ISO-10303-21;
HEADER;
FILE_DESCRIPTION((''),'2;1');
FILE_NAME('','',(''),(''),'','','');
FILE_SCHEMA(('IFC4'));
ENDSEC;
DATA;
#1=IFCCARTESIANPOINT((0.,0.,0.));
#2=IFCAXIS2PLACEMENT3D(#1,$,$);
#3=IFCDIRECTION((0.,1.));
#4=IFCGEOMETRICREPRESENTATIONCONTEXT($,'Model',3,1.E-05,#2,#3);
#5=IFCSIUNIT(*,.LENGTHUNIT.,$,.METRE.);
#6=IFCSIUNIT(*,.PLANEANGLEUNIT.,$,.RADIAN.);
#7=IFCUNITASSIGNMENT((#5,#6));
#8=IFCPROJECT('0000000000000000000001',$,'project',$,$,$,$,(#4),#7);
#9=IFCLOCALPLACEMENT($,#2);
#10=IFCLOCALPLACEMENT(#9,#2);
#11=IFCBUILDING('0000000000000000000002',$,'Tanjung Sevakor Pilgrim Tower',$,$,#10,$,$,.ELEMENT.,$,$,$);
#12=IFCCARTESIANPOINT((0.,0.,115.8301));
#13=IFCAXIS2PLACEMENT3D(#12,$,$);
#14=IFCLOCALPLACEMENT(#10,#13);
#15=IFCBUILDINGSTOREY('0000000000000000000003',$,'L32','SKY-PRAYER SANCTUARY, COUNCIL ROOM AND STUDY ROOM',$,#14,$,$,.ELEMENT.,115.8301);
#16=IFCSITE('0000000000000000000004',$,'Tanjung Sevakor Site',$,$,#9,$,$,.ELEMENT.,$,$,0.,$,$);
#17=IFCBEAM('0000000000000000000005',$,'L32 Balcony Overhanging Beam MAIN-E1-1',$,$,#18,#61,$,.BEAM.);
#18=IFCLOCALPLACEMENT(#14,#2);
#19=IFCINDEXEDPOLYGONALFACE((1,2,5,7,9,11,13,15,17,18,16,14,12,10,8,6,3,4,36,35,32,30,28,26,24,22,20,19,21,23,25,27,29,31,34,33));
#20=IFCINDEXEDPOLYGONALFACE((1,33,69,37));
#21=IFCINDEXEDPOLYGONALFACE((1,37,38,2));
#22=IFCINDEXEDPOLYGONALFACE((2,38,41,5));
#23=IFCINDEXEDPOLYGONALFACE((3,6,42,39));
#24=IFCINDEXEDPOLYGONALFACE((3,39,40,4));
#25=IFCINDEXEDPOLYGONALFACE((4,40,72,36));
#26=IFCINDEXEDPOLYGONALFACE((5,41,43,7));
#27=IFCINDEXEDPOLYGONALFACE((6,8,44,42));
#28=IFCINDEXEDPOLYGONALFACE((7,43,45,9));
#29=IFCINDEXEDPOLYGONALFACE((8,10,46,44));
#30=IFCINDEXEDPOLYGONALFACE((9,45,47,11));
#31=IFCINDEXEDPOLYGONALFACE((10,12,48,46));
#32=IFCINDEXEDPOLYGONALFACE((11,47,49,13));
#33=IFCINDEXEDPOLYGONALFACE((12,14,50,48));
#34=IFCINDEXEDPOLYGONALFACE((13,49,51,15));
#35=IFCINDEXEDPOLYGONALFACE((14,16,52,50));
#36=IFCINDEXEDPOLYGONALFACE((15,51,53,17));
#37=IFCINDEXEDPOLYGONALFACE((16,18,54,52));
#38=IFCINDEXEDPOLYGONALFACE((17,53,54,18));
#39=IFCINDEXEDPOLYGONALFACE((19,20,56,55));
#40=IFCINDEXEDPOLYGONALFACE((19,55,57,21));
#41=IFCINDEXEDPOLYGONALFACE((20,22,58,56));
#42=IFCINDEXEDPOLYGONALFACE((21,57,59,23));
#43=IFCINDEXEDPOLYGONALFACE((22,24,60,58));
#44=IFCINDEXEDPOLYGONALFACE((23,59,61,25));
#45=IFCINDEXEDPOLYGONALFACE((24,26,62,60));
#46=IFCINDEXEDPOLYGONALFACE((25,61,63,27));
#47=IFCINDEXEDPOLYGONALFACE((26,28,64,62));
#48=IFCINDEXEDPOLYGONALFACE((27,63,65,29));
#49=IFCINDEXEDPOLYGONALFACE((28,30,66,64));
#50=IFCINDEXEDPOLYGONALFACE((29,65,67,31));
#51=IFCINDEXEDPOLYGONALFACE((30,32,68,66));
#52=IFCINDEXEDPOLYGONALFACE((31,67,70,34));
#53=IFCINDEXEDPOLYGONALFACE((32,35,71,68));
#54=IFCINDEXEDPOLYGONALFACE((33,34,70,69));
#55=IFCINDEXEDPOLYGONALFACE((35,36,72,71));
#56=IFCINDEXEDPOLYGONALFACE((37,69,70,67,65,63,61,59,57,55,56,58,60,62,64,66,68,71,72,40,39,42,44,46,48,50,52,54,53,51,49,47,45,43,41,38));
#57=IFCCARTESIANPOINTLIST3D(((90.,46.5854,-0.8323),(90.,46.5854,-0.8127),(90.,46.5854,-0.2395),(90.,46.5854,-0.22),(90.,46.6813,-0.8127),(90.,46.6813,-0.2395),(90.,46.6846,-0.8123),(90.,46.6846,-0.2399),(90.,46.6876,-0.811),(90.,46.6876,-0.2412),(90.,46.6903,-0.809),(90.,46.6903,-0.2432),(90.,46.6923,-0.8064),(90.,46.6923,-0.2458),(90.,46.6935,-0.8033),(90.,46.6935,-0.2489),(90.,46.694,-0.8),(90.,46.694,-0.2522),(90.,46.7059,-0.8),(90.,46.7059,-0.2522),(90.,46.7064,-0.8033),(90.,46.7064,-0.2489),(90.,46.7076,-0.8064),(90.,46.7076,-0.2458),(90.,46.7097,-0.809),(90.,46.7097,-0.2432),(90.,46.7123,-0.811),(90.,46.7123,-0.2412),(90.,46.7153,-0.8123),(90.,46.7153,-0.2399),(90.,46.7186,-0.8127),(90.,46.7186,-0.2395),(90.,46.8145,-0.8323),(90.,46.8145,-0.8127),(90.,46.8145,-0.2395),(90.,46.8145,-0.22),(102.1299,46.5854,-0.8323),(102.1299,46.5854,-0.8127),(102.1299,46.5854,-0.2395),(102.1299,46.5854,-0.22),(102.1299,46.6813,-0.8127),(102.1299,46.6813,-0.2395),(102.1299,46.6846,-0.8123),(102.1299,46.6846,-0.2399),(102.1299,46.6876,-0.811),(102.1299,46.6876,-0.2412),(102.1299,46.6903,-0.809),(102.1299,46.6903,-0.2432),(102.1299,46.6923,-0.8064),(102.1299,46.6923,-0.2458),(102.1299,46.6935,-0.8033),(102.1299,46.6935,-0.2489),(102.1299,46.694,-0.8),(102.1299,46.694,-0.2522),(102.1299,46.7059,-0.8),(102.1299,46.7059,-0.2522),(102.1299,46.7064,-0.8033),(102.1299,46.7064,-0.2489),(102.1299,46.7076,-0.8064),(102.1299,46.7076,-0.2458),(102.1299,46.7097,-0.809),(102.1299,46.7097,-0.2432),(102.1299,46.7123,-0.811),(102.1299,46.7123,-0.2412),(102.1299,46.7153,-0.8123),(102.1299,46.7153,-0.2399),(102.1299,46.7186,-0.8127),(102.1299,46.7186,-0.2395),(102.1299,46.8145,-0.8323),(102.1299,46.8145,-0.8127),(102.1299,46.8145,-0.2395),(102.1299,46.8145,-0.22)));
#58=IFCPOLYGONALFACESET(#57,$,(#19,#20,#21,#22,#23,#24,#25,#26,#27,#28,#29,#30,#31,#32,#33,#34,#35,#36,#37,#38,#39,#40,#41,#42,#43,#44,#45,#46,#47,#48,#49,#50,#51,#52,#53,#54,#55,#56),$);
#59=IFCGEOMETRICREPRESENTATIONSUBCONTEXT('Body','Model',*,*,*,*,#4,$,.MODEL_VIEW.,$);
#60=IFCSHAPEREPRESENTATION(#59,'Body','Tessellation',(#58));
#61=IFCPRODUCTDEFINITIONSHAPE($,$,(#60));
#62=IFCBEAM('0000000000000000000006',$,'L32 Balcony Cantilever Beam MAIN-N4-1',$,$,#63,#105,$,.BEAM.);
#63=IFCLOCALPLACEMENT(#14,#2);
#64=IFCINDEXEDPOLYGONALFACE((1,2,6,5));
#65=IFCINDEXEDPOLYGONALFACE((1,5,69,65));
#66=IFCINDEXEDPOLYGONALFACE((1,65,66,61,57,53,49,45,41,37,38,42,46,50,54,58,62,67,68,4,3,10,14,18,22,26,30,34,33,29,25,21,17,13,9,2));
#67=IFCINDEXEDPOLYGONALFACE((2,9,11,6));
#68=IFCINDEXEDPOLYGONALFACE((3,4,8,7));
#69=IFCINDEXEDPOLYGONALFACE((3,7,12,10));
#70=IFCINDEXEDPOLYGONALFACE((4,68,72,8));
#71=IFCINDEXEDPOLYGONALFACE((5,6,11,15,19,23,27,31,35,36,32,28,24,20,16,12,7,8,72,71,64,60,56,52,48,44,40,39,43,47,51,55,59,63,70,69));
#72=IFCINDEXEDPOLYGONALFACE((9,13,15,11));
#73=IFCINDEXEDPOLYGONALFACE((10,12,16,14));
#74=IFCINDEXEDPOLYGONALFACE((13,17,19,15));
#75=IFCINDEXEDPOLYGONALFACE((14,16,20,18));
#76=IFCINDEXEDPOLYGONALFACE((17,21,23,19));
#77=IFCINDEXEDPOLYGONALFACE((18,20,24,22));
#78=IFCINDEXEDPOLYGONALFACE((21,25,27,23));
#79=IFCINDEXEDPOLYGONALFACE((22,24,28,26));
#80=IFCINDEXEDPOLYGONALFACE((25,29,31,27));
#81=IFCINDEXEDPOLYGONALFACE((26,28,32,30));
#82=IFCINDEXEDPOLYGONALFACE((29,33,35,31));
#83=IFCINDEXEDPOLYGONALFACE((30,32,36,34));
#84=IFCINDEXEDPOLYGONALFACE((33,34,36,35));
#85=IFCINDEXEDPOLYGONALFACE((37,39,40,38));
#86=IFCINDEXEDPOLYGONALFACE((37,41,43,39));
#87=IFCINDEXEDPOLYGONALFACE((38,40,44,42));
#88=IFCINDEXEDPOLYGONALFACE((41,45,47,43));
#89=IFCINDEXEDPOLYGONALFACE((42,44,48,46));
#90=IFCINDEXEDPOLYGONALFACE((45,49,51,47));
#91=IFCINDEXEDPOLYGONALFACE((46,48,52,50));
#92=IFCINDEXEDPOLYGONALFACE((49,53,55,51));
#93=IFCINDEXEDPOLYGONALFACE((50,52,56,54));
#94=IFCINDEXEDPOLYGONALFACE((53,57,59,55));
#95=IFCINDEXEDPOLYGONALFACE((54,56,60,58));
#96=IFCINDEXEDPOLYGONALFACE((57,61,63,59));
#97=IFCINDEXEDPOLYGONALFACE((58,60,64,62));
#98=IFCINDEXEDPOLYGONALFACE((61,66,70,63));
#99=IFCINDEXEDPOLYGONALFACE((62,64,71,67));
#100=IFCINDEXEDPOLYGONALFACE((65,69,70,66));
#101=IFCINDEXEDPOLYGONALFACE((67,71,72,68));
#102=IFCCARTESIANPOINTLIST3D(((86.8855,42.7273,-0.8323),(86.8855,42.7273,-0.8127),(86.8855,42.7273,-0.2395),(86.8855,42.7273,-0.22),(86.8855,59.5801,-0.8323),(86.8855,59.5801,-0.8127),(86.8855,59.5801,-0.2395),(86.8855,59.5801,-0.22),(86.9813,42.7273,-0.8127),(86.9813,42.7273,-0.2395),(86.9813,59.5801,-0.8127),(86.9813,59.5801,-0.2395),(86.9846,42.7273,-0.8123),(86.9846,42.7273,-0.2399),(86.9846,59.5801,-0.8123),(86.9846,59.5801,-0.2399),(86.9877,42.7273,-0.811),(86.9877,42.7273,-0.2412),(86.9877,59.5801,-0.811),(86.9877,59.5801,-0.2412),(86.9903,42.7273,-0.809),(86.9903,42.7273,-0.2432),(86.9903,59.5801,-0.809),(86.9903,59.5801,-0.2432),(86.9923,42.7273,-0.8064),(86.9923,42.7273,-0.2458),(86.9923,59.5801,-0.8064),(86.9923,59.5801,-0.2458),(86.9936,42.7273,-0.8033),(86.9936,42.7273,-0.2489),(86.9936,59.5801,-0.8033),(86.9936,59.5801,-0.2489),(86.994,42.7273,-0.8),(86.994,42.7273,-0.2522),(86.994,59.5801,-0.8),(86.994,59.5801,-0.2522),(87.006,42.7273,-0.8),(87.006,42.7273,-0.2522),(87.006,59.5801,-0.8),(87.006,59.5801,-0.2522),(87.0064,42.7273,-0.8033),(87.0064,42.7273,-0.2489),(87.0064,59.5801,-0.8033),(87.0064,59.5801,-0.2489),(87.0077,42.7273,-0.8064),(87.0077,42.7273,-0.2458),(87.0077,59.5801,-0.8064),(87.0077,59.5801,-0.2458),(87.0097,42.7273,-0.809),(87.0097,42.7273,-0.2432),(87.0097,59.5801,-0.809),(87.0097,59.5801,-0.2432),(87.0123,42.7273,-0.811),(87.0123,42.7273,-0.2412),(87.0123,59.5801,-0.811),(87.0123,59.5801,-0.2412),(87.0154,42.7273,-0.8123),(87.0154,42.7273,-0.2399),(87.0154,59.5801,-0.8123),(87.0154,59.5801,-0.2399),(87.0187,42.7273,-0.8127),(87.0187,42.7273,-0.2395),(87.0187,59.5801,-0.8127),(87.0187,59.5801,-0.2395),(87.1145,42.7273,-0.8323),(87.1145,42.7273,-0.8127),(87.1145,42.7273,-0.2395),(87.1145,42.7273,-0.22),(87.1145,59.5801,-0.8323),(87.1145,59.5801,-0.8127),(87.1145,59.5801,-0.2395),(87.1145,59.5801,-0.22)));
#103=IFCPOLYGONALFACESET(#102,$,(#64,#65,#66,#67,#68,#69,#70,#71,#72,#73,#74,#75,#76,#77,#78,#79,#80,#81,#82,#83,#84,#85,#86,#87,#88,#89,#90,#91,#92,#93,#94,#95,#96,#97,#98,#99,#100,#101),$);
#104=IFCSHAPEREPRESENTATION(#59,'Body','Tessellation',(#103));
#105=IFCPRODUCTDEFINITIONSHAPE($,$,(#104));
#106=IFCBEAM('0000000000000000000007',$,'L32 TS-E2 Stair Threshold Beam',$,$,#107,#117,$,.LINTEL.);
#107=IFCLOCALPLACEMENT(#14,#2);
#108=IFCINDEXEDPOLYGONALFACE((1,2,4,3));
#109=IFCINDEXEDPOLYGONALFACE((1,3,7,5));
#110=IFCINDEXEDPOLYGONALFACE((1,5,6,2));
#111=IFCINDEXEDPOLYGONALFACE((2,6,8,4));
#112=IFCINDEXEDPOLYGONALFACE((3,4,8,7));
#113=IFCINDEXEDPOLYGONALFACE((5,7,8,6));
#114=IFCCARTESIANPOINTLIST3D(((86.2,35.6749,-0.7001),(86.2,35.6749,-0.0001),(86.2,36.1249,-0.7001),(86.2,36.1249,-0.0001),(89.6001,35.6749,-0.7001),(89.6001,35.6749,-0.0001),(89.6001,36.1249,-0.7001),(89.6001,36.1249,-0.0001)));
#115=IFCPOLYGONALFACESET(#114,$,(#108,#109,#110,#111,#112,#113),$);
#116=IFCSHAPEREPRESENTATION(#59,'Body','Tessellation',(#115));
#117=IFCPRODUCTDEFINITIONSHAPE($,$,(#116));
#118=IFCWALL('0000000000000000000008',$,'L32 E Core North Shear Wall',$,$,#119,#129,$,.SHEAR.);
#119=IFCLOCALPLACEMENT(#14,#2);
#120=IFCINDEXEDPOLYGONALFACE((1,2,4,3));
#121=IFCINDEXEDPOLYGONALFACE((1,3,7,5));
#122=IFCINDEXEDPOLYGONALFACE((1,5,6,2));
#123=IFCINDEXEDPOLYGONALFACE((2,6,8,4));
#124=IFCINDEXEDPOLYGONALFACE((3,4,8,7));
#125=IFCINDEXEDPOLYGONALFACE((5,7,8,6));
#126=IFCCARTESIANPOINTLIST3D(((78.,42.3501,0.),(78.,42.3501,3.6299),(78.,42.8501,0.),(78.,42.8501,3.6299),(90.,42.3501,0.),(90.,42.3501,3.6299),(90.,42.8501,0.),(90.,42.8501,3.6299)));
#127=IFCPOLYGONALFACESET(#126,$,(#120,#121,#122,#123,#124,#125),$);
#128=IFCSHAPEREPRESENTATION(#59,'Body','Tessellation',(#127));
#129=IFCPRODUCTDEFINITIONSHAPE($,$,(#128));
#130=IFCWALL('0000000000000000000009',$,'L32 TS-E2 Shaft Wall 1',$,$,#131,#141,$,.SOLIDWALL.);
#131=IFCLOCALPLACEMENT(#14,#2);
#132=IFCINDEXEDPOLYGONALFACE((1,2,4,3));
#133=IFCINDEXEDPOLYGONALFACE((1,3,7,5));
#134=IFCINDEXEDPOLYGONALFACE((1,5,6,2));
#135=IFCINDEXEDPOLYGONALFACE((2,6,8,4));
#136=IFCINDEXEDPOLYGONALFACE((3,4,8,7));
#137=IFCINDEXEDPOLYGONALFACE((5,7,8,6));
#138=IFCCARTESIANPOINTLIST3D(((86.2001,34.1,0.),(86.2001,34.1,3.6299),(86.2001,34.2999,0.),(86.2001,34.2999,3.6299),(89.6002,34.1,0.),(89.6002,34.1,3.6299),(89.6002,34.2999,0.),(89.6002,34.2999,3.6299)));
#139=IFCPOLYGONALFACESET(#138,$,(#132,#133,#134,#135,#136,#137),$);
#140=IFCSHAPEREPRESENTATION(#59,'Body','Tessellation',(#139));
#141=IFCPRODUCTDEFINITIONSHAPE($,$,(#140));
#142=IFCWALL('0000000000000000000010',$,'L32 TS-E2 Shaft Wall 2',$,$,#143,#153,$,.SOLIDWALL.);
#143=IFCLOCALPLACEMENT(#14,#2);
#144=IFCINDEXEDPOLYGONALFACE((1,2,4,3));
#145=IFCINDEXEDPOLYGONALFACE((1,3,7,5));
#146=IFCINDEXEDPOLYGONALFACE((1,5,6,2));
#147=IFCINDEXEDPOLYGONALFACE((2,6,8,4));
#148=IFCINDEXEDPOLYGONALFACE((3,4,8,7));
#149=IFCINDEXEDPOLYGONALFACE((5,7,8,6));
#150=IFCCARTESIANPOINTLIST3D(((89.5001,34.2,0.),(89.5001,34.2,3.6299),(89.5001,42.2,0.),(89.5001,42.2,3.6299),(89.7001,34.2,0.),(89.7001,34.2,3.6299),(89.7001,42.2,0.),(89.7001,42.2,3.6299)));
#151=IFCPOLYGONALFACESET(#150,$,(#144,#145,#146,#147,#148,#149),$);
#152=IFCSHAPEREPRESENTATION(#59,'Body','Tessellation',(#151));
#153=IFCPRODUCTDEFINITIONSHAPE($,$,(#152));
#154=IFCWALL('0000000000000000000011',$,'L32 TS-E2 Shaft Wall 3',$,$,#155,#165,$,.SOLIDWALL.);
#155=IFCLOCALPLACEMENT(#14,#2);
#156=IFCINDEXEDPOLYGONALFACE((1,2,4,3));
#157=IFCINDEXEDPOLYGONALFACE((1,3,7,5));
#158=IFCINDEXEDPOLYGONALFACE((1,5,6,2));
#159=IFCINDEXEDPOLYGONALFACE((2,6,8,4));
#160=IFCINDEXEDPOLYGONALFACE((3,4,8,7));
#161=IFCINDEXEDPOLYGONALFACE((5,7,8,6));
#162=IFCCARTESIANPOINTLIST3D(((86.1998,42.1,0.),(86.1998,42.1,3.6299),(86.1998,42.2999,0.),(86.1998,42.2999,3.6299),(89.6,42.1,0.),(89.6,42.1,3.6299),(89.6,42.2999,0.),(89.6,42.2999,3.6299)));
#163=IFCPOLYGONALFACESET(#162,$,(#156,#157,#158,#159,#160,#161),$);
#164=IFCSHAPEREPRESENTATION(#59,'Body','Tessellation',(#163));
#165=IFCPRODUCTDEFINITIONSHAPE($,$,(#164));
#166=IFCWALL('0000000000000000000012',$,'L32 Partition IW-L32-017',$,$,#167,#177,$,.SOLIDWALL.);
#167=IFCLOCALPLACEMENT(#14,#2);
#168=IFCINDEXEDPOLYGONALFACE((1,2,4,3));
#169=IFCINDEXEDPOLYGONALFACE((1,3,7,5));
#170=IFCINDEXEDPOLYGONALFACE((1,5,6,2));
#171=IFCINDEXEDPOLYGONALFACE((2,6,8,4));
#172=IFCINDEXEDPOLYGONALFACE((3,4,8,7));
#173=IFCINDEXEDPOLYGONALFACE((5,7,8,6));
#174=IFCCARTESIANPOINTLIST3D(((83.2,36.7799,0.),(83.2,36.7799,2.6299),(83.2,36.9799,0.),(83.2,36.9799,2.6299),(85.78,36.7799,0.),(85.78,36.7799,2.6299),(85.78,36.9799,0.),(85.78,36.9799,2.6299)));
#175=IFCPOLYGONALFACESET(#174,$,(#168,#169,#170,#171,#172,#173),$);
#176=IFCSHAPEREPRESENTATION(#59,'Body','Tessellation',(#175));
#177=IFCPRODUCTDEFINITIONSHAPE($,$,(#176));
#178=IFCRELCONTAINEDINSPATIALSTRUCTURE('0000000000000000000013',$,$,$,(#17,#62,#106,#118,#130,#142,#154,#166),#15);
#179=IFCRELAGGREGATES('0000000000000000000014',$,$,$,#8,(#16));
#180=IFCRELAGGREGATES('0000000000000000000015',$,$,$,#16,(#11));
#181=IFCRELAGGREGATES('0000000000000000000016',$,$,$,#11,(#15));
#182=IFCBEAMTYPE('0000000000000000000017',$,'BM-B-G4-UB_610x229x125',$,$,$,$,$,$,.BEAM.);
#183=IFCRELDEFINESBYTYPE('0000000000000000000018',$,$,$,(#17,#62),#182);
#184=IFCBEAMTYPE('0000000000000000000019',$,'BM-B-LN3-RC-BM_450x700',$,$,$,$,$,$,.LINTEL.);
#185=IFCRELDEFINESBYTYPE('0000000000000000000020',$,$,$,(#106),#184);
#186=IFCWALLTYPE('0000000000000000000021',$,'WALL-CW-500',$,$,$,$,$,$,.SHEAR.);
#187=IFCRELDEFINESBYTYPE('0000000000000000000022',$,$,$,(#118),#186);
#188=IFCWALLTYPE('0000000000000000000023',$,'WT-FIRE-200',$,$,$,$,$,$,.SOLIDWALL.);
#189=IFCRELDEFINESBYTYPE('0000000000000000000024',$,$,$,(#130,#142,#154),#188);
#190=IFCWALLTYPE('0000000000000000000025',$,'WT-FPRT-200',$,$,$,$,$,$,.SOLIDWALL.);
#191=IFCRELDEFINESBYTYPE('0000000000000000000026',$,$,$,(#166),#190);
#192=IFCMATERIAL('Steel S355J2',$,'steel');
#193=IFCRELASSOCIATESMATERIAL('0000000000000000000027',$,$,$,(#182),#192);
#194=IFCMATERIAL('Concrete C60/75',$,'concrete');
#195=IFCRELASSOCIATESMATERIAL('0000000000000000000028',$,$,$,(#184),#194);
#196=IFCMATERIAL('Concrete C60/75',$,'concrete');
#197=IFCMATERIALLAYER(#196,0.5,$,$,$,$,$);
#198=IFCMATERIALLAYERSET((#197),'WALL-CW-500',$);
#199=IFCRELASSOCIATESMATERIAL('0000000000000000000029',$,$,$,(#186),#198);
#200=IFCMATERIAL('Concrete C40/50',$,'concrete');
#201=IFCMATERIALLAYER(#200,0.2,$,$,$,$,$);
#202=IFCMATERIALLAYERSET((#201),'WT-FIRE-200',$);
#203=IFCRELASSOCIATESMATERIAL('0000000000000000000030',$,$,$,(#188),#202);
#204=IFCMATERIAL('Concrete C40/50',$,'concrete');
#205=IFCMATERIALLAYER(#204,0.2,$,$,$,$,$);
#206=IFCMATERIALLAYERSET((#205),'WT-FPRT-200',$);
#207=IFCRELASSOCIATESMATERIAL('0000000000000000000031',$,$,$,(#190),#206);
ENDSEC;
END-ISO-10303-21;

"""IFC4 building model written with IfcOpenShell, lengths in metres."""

from ifc_helpers import new_model, si_unit, direction, frame, frame_2d, origin, origin_2d, place, context, subcontext, project, spatial, rectangle, i_section, extrude, material, layer, layer_set, material_profile, profile_set, type_object, element, save


model = new_model("IFC4")

# Units and contexts
model_context = context("Model", 3, precision=1e-05, world=origin(), true_north=direction((0.0, 1.0)))
body_context = subcontext(model_context, "Body", "Model", "MODEL_VIEW")
ifc_project = project(units=[si_unit("LENGTHUNIT", "METRE"), si_unit("PLANEANGLEUNIT", "RADIAN")], contexts=[model_context])

# Site, building, storey
site_placement = place(None, origin())
site = spatial("IfcSite", under=ifc_project, at=site_placement, Name="Tanjung Sevakor Site", CompositionType="ELEMENT", RefElevation=0.0)
building_placement = place(site_placement, origin())
building = spatial("IfcBuilding", under=site, at=building_placement, Name="Tanjung Sevakor Pilgrim Tower", CompositionType="ELEMENT")
storey_placement = place(building_placement, frame((0.0, 0.0, 115.8301)))
storey = spatial("IfcBuildingStorey", under=building, at=storey_placement, Name="L32", Description="SKY-PRAYER SANCTUARY, COUNCIL ROOM AND STUDY ROOM", CompositionType="ELEMENT", Elevation=115.8301)

# Beams
ifc_material_1 = material(Name="Steel S355J2", Category="steel")
ifc_material_profile_1 = material_profile(ifc_material_1, i_section(OverallWidth=0.229, OverallDepth=0.6123, WebThickness=0.012, FlangeThickness=0.0195, FilletRadius=0.0127, at=origin_2d()))
ifc_profile_set_1 = profile_set([ifc_material_profile_1], Name="Steel S355J2")
beam_type_1 = type_object("IfcBeamType", Name="BM-B-G4-UB_610x229x125", PredefinedType="BEAM", material=ifc_profile_set_1)
beam_1_placement = place(storey_placement, frame((90.0, 46.7, -0.5261), z_axis=(1.0, 0.0, 0.0), x_axis=(0.0, 1.0, 0.0)))
element("IfcBeam", 1, at=beam_1_placement, inside=storey, type_object=beam_type_1, Name="L32 Balcony Overhanging Beam MAIN-E1-1", PredefinedType="BEAM", context=body_context, shape_type="SweptSolid", body=[
    extrude(i_section(OverallWidth=0.229, OverallDepth=0.6123, WebThickness=0.012, FlangeThickness=0.0195, FilletRadius=0.0127, at=origin_2d()), origin(), (0.0, 0.0, 1.0), 12.1299),
])
beam_2_placement = place(storey_placement, frame((87.0, 42.7273, -0.5261), z_axis=(0.0, 1.0, 0.0), x_axis=(-1.0, 0.0, 0.0)))
element("IfcBeam", 2, at=beam_2_placement, inside=storey, type_object=beam_type_1, Name="L32 Balcony Cantilever Beam MAIN-N4-1", PredefinedType="BEAM", context=body_context, shape_type="SweptSolid", body=[
    extrude(i_section(OverallWidth=0.229, OverallDepth=0.6123, WebThickness=0.012, FlangeThickness=0.0195, FilletRadius=0.0127, at=origin_2d()), origin(), (0.0, 0.0, 1.0), 16.8528),
])
ifc_material_2 = material(Name="Concrete C60/75", Category="concrete")
ifc_material_profile_2 = material_profile(ifc_material_2, rectangle(XDim=0.45, YDim=0.7, at=origin_2d()))
ifc_profile_set_2 = profile_set([ifc_material_profile_2], Name="Concrete C60/75")
beam_type_2 = type_object("IfcBeamType", Name="BM-B-LN3-RC-BM_450x700", PredefinedType="LINTEL", material=ifc_profile_set_2)
beam_3_placement = place(storey_placement, frame((86.2, 35.8999, -0.3501), z_axis=(1.0, 0.0, 0.0), x_axis=(0.0, 1.0, 0.0)))
element("IfcBeam", 3, at=beam_3_placement, inside=storey, type_object=beam_type_2, Name="L32 TS-E2 Stair Threshold Beam", PredefinedType="LINTEL", context=body_context, shape_type="SweptSolid", body=[
    extrude(rectangle(XDim=0.45, YDim=0.7, at=origin_2d()), origin(), (0.0, 0.0, 1.0), 3.4001),
])

# Walls
ifc_material_3 = material(Name="Concrete C60/75", Category="concrete")
ifc_layer_1 = layer(ifc_material_3, 0.5)
ifc_layer_set_1 = layer_set([ifc_layer_1], Name="WALL-CW-500")
wall_type_1 = type_object("IfcWallType", Name="WALL-CW-500", PredefinedType="SHEAR", material=ifc_layer_set_1)
wall_1_placement = place(storey_placement, frame((90.0, 42.6001, 0.0), z_axis=(0.0, 0.0, 1.0), x_axis=(-1.0, 0.0, 0.0)))
element("IfcWall", 4, at=wall_1_placement, inside=storey, type_object=wall_type_1, Name="L32 E Core North Shear Wall", PredefinedType="SHEAR", context=body_context, shape_type="SweptSolid", body=[
    extrude(rectangle(XDim=12.0, YDim=0.5, at=frame_2d((6.0, 0.0))), origin(), (0.0, 0.0, 1.0), 3.6299),
])
ifc_material_4 = material(Name="Concrete C40/50", Category="concrete")
ifc_layer_2 = layer(ifc_material_4, 0.2)
ifc_layer_set_2 = layer_set([ifc_layer_2], Name="WT-FIRE-200")
wall_type_2 = type_object("IfcWallType", Name="WT-FIRE-200", PredefinedType="SOLIDWALL", material=ifc_layer_set_2)
wall_2_placement = place(storey_placement, frame((86.2, 34.2, 0.0), z_axis=(0.0, 0.0, 1.0), x_axis=(1.0, 0.0, 0.0)))
element("IfcWall", 5, at=wall_2_placement, inside=storey, type_object=wall_type_2, Name="L32 TS-E2 Shaft Wall 1", PredefinedType="SOLIDWALL", context=body_context, shape_type="SweptSolid", body=[
    extrude(rectangle(XDim=3.4001, YDim=0.2, at=frame_2d((1.7002, 0.0))), origin(), (0.0, 0.0, 1.0), 3.6299),
])
wall_3_placement = place(storey_placement, frame((89.6001, 34.2, 0.0), z_axis=(0.0, 0.0, 1.0), x_axis=(0.0, 1.0, 0.0)))
element("IfcWall", 6, at=wall_3_placement, inside=storey, type_object=wall_type_2, Name="L32 TS-E2 Shaft Wall 2", PredefinedType="SOLIDWALL", context=body_context, shape_type="SweptSolid", body=[
    extrude(rectangle(XDim=8.0, YDim=0.2, at=frame_2d((4.0, 0.0))), origin(), (0.0, 0.0, 1.0), 3.6299),
])
wall_4_placement = place(storey_placement, frame((89.6001, 42.2, 0.0), z_axis=(0.0, 0.0, 1.0), x_axis=(-1.0, 0.0, 0.0)))
element("IfcWall", 7, at=wall_4_placement, inside=storey, type_object=wall_type_2, Name="L32 TS-E2 Shaft Wall 3", PredefinedType="SOLIDWALL", context=body_context, shape_type="SweptSolid", body=[
    extrude(rectangle(XDim=3.4001, YDim=0.2, at=frame_2d((1.7002, 0.0))), origin(), (0.0, 0.0, 1.0), 3.6299),
])
ifc_material_5 = material(Name="Concrete C40/50", Category="concrete")
ifc_layer_3 = layer(ifc_material_5, 0.2)
ifc_layer_set_3 = layer_set([ifc_layer_3], Name="WT-FPRT-200")
wall_type_3 = type_object("IfcWallType", Name="WT-FPRT-200", PredefinedType="SOLIDWALL", material=ifc_layer_set_3)
wall_5_placement = place(storey_placement, frame((83.2, 36.8799, 0.0), z_axis=(0.0, 0.0, 1.0), x_axis=(1.0, 0.0, 0.0)))
element("IfcWall", 8, at=wall_5_placement, inside=storey, type_object=wall_type_3, Name="L32 Partition IW-L32-017", PredefinedType="SOLIDWALL", context=body_context, shape_type="SweptSolid", body=[
    extrude(rectangle(XDim=2.5801, YDim=0.2, at=frame_2d((1.29, 0.0))), origin(), (0.0, 0.0, 1.0), 2.6299),
])

save(model, "model.ifc")
